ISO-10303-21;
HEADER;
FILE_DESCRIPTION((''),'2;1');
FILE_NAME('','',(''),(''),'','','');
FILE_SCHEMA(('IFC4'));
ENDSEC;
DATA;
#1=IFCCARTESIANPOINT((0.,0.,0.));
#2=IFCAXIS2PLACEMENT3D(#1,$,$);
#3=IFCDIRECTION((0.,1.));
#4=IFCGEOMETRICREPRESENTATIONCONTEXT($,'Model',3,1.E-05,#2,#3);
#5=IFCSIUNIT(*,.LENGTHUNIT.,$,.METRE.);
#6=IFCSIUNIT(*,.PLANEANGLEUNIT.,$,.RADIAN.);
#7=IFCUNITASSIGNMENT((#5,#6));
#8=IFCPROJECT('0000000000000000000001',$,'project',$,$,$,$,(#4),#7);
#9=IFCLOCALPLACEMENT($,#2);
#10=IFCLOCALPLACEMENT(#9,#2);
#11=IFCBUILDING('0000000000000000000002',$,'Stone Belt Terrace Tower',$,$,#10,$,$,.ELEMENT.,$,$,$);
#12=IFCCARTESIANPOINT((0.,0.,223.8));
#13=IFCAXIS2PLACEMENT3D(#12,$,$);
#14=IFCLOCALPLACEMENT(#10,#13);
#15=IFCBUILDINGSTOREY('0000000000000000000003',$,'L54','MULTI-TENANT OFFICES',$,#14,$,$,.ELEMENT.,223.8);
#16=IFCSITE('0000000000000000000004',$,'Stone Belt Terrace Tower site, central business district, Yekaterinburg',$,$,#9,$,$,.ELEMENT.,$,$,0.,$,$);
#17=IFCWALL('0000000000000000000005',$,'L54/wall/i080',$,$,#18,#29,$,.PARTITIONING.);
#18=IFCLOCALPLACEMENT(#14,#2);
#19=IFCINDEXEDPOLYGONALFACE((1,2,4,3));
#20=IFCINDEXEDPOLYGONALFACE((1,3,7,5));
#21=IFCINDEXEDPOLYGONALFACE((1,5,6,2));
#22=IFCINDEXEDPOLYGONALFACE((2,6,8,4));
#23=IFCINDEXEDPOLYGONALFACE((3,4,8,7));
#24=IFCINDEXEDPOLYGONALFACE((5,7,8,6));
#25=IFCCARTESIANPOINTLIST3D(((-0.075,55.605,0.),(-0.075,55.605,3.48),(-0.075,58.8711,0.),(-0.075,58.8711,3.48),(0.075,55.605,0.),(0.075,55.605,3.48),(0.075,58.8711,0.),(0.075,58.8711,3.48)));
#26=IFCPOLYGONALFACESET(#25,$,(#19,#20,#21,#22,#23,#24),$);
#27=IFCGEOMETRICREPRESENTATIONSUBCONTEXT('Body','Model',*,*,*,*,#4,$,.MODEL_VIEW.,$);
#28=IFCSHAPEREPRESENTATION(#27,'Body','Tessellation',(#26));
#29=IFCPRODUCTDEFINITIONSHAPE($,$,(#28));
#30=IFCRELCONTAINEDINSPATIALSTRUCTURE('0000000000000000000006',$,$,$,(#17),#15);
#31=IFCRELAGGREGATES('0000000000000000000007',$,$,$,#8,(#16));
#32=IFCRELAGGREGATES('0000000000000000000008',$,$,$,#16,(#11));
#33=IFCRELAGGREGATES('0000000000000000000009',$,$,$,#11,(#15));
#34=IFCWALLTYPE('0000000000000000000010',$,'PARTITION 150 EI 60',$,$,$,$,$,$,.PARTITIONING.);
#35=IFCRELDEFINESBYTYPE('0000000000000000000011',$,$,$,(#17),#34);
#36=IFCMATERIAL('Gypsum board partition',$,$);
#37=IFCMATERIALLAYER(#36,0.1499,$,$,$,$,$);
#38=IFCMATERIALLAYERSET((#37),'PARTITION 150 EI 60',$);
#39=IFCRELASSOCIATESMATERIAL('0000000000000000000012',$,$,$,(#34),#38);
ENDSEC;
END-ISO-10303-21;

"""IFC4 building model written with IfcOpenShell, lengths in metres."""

from ifc_helpers import new_model, si_unit, direction, frame, frame_2d, origin, place, context, subcontext, project, spatial, rectangle, extrude, material, layer, layer_set, type_object, element, save


model = new_model("IFC4")

# Units and contexts
model_context = context("Model", 3, precision=1e-05, world=origin(), true_north=direction((0.0, 1.0)))
body_context = subcontext(model_context, "Body", "Model", "MODEL_VIEW")
ifc_project = project(units=[si_unit("LENGTHUNIT", "METRE"), si_unit("PLANEANGLEUNIT", "RADIAN")], contexts=[model_context])

# Site, building, storey
site_placement = place(None, origin())
site = spatial("IfcSite", under=ifc_project, at=site_placement, Name="Stone Belt Terrace Tower site, central business district, Yekaterinburg", CompositionType="ELEMENT", RefElevation=0.0)
building_placement = place(site_placement, origin())
building = spatial("IfcBuilding", under=site, at=building_placement, Name="Stone Belt Terrace Tower", CompositionType="ELEMENT")
storey_placement = place(building_placement, frame((0.0, 0.0, 223.8)))
storey = spatial("IfcBuildingStorey", under=building, at=storey_placement, Name="L54", Description="MULTI-TENANT OFFICES", CompositionType="ELEMENT", Elevation=223.8)

# Shared definitions
ifc_material_1 = material(Name="Gypsum board partition")
ifc_layer_1 = layer(ifc_material_1, 0.1499)
ifc_layer_set_1 = layer_set([ifc_layer_1], Name="PARTITION 150 EI 60")
wall_type = type_object("IfcWallType", Name="PARTITION 150 EI 60", PredefinedType="PARTITIONING", material=ifc_layer_set_1)

# Wall
wall_1_placement = place(storey_placement, frame((0.0, 58.8711, 0.0), z_axis=(0.0, 0.0, 1.0), x_axis=(0.0, -1.0, 0.0)))
element("IfcWall", 1, at=wall_1_placement, inside=storey, type_object=wall_type, Name="L54/wall/i080", PredefinedType="PARTITIONING", context=body_context, shape_type="SweptSolid", body=[
    extrude(rectangle(XDim=3.2661, YDim=0.1499, at=frame_2d((1.6331, 0.0))), origin(), (0.0, 0.0, 1.0), 3.48),
])

save(model, "model.ifc")
